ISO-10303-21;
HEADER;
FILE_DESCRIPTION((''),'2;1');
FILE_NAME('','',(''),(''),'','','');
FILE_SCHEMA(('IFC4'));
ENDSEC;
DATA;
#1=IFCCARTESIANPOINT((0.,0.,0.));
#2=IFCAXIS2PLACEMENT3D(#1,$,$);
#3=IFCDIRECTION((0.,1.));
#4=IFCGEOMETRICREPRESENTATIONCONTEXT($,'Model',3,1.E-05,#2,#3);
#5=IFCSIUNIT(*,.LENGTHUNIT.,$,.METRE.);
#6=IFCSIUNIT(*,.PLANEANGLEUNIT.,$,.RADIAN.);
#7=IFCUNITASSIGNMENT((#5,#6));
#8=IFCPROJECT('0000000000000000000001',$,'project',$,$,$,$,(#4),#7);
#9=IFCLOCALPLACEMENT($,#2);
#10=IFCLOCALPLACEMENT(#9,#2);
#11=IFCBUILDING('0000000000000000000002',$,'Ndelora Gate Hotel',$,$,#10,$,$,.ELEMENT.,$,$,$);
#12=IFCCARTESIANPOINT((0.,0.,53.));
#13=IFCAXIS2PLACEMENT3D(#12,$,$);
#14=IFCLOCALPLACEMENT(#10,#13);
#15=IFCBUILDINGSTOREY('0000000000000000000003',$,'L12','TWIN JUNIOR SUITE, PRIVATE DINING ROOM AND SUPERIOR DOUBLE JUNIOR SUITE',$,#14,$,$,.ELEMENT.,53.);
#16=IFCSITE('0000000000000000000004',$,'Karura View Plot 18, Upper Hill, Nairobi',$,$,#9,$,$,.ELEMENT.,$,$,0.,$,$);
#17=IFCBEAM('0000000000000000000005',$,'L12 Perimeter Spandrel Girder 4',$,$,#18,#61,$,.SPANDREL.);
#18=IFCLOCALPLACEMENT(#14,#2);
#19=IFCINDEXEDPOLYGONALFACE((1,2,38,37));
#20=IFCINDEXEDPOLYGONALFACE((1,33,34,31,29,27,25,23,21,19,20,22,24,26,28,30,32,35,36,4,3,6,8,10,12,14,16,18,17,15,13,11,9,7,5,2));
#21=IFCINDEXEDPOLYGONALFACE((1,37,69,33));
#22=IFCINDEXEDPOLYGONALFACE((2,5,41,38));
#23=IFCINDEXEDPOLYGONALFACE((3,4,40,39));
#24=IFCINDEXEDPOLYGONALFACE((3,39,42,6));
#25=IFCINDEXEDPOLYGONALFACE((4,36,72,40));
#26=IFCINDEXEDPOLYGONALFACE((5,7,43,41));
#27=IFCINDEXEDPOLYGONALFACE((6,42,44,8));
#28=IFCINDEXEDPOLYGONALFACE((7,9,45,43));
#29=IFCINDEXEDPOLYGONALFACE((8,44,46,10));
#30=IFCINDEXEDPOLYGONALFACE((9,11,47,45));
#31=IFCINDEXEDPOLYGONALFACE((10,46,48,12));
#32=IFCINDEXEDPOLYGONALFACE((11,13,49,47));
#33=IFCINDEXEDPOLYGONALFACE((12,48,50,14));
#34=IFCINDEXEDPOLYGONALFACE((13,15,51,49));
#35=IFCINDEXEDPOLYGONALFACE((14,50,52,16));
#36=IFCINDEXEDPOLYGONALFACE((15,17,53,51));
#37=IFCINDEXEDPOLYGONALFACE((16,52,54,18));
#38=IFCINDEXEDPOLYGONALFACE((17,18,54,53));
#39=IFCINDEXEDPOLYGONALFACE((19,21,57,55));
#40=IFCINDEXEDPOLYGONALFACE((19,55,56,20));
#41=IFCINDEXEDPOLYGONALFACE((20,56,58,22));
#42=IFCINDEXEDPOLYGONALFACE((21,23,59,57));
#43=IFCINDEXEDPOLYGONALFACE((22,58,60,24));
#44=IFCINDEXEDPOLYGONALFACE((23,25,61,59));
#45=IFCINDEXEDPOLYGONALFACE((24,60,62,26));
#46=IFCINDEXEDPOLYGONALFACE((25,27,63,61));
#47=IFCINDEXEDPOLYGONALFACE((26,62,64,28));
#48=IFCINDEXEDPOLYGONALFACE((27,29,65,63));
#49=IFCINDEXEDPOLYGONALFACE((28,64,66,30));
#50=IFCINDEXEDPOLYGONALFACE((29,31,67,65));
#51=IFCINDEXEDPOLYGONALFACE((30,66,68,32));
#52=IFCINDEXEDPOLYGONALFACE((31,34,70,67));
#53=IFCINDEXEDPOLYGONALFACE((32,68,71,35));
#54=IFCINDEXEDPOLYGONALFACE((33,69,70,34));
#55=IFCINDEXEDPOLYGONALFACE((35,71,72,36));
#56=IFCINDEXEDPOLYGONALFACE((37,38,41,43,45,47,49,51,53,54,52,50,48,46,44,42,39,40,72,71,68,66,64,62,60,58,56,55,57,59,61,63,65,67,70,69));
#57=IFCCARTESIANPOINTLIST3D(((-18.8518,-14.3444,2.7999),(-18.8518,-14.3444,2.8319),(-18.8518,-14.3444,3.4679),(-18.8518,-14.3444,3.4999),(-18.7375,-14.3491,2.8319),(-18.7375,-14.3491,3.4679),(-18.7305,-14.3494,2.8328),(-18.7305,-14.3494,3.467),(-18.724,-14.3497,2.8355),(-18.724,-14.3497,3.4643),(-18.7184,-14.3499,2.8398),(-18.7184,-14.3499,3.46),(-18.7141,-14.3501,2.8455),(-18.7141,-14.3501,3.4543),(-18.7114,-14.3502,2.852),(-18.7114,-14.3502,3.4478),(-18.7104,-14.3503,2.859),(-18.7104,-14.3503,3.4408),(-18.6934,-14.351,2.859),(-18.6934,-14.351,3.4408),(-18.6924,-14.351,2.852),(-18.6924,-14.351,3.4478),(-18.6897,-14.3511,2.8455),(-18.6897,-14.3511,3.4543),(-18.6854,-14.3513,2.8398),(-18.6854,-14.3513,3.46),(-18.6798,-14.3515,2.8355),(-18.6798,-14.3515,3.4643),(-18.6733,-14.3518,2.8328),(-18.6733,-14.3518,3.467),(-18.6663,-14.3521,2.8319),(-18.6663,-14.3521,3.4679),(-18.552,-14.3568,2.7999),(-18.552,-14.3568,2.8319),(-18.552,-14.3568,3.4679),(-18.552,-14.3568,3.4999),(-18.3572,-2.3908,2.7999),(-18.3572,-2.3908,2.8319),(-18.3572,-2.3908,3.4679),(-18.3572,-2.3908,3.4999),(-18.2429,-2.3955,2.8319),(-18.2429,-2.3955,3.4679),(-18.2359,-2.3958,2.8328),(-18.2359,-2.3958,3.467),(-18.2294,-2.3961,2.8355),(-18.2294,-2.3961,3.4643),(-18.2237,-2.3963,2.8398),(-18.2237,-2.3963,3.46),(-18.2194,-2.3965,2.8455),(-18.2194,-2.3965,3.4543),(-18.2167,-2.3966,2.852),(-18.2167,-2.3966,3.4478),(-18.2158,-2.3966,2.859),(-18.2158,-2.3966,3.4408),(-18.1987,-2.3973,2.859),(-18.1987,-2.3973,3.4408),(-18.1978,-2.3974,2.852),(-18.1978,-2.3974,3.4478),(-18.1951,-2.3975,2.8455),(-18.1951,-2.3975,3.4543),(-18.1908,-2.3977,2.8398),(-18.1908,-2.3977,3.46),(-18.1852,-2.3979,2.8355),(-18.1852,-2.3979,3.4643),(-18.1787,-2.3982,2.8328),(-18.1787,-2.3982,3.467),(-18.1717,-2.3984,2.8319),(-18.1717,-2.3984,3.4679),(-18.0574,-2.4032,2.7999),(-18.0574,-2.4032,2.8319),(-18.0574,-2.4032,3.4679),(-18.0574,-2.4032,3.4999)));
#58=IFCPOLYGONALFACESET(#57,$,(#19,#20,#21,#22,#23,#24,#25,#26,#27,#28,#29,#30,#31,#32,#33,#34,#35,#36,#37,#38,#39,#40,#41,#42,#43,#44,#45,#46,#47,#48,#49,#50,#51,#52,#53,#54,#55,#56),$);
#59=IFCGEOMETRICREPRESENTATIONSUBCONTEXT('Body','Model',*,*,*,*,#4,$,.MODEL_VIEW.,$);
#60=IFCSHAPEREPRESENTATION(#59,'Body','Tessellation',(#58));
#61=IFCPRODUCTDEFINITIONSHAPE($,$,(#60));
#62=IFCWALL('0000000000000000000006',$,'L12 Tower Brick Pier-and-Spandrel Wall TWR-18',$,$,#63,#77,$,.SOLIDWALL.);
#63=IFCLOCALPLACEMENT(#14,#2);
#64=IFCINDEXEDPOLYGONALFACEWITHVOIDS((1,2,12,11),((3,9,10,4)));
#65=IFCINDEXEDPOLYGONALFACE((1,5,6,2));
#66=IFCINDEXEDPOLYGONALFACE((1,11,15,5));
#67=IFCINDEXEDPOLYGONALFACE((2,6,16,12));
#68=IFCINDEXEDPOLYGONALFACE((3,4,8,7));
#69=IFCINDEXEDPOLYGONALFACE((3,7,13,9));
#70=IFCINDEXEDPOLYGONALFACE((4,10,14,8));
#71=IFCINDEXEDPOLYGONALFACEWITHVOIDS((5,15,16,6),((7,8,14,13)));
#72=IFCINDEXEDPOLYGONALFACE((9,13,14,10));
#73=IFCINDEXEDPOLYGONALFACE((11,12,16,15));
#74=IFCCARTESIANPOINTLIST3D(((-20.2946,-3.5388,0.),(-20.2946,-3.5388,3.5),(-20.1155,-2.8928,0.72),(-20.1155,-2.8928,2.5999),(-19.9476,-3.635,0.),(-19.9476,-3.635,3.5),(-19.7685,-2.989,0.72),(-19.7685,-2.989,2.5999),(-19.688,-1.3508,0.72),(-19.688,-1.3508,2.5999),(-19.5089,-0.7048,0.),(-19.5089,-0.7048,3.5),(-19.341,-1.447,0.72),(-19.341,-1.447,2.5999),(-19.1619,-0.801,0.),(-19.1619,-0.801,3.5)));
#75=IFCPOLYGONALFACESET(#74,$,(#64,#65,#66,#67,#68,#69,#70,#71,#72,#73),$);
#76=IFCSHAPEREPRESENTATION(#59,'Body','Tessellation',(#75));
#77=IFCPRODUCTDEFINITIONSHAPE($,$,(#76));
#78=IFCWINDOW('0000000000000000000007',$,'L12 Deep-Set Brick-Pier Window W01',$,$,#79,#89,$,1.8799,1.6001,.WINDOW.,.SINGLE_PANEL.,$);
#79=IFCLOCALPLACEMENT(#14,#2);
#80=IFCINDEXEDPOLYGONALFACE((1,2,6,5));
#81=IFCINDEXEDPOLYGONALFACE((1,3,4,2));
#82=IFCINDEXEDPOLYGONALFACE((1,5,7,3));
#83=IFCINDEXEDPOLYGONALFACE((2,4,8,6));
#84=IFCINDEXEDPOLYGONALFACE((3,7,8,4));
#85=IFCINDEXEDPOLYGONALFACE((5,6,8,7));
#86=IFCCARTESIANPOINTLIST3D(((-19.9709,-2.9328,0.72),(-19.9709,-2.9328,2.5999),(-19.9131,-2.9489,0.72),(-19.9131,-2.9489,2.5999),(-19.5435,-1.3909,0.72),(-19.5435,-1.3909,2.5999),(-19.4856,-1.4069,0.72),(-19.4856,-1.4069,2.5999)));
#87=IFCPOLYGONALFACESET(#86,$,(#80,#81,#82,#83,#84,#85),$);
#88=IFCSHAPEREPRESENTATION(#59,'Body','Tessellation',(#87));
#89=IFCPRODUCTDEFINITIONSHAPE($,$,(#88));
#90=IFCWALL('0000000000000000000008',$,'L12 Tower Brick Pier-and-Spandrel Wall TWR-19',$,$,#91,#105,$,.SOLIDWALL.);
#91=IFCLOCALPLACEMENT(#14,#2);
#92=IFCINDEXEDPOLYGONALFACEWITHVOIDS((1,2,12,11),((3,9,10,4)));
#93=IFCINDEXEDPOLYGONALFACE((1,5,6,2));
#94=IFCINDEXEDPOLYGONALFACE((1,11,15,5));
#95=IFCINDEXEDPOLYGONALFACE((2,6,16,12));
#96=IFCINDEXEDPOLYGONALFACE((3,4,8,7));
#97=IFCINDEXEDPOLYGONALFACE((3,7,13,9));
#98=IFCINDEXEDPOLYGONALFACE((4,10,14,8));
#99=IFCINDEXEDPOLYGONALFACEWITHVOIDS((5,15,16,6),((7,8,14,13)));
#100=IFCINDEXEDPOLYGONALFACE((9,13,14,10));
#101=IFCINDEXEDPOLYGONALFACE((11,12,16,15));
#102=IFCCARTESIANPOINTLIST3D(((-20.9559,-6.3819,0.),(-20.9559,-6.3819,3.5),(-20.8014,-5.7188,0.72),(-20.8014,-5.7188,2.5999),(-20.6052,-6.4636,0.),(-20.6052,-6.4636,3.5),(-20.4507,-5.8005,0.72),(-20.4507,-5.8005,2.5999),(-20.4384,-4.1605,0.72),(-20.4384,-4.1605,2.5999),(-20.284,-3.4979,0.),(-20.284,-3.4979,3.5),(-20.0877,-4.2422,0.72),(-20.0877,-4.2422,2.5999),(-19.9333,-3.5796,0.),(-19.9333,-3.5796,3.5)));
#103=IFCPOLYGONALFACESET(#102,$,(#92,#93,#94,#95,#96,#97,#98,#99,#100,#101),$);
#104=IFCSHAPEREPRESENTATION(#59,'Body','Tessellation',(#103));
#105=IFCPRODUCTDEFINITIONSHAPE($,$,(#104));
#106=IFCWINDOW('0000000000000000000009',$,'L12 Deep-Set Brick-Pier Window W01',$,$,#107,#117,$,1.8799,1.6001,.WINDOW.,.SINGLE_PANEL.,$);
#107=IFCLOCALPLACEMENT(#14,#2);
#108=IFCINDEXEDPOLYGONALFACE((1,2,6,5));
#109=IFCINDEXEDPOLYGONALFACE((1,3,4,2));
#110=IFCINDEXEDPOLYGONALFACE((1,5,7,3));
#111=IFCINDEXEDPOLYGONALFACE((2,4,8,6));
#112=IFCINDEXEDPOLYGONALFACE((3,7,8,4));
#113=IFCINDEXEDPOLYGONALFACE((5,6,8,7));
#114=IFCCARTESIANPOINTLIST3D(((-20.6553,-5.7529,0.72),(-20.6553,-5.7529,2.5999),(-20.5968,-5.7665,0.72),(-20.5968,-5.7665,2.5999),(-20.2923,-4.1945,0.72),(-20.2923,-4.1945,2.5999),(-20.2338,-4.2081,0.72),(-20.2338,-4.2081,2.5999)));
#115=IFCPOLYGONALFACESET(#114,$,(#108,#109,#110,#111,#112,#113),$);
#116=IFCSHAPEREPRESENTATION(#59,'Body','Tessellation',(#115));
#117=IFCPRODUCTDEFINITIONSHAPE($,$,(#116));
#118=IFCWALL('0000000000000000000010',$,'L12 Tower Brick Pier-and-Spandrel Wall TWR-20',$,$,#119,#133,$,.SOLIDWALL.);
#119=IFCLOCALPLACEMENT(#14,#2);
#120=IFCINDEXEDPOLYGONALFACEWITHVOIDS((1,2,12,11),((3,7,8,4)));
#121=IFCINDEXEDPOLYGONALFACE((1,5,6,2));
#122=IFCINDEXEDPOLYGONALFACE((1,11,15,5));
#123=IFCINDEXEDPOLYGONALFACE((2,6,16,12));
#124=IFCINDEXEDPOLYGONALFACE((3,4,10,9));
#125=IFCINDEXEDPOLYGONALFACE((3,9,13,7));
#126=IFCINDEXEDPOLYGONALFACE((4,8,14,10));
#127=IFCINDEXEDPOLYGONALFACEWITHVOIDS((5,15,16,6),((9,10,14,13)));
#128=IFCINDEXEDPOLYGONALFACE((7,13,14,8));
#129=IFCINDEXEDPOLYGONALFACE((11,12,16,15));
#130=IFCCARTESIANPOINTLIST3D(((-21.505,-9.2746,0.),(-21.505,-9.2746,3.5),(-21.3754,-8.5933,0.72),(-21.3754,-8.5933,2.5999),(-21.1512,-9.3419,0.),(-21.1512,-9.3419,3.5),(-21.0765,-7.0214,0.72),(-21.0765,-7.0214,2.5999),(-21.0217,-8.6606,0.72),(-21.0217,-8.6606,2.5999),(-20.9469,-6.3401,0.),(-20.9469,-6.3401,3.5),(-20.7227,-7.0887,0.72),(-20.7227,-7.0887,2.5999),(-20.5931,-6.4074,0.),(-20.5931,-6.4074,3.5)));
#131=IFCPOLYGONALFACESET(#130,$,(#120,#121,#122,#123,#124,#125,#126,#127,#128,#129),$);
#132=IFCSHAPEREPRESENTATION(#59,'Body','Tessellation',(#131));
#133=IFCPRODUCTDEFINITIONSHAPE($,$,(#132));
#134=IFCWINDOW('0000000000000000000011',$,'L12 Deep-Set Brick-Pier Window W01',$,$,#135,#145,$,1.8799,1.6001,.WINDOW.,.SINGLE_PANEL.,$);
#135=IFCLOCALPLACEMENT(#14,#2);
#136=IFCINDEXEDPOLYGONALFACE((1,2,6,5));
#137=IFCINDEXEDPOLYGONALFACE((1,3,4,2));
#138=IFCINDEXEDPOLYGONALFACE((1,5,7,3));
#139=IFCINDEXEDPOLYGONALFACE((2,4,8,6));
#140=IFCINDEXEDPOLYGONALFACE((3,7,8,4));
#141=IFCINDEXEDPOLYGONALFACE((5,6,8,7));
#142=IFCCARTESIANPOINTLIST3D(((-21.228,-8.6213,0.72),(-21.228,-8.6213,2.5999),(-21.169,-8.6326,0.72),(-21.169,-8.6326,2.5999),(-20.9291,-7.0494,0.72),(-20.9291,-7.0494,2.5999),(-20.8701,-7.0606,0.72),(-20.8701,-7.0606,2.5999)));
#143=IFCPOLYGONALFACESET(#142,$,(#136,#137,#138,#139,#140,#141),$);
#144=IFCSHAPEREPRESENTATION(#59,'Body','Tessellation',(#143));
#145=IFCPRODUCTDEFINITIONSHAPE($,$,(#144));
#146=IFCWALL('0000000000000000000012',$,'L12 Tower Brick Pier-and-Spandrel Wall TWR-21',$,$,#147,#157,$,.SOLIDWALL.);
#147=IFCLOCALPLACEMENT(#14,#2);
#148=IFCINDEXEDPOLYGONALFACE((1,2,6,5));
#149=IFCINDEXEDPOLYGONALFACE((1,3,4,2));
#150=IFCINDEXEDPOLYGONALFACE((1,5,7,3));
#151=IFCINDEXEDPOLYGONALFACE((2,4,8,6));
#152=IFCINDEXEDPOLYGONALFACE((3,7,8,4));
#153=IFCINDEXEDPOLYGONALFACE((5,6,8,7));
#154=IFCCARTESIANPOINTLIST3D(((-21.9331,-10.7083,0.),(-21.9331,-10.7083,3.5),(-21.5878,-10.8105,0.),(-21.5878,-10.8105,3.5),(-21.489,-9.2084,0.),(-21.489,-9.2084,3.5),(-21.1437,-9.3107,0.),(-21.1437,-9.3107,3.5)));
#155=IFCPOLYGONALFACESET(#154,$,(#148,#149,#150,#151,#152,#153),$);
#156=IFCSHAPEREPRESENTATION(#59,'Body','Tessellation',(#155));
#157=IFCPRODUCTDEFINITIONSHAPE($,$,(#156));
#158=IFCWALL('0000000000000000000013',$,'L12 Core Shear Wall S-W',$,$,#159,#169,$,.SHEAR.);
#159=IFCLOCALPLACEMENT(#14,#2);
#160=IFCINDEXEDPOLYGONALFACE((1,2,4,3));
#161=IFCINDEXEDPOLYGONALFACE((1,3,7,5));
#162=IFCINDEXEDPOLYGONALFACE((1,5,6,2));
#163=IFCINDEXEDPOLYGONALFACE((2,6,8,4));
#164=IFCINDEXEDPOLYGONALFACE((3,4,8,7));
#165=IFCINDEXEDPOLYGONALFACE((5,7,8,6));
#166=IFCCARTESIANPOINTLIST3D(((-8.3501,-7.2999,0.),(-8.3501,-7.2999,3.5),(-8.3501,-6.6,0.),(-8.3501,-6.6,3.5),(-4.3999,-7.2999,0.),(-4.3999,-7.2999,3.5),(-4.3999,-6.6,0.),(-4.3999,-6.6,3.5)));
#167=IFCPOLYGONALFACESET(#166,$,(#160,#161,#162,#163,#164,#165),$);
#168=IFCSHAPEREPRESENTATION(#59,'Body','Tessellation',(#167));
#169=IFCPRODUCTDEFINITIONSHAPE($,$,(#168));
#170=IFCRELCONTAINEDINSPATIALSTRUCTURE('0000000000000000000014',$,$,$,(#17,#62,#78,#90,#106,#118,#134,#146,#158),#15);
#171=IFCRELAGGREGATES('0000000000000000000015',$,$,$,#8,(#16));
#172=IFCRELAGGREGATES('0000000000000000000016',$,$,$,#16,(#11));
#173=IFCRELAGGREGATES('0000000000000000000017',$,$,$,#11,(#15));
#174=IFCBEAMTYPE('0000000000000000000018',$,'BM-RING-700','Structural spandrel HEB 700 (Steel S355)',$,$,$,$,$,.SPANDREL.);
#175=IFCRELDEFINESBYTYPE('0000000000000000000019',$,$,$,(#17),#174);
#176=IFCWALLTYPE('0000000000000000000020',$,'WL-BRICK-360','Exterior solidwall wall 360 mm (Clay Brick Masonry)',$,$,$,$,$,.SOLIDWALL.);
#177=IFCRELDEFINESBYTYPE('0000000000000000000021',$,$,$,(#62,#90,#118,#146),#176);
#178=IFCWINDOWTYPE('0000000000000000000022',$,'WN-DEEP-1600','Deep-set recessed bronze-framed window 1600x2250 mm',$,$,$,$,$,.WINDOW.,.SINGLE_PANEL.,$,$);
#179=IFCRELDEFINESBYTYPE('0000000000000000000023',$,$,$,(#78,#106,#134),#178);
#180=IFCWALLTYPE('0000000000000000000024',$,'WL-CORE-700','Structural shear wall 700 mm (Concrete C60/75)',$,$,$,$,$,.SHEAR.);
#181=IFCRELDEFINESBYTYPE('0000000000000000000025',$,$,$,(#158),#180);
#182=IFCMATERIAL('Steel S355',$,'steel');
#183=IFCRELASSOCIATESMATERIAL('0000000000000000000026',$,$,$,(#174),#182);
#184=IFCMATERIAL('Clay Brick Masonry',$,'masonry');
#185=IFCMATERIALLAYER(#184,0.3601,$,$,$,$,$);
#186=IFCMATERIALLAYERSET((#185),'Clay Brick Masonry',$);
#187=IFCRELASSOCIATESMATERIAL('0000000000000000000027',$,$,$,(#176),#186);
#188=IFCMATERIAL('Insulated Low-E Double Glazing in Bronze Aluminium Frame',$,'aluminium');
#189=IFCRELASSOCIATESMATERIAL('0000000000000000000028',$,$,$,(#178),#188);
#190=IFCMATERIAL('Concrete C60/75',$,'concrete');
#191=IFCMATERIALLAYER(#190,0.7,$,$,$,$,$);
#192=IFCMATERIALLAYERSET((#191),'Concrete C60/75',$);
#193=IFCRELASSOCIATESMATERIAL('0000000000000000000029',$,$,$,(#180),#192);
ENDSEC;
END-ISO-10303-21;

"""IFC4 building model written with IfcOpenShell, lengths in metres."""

from ifc_helpers import new_model, si_unit, direction, frame, frame_2d, origin, origin_2d, place, context, subcontext, project, spatial, rectangle, i_section, extrude, material, layer, layer_set, material_profile, profile_set, type_object, element, fill, save


model = new_model("IFC4")

# Units and contexts
model_context = context("Model", 3, precision=1e-05, world=origin(), true_north=direction((0.0, 1.0)))
body_context = subcontext(model_context, "Body", "Model", "MODEL_VIEW")
ifc_project = project(units=[si_unit("LENGTHUNIT", "METRE"), si_unit("PLANEANGLEUNIT", "RADIAN")], contexts=[model_context])

# Site, building, storey
site_placement = place(None, origin())
site = spatial("IfcSite", under=ifc_project, at=site_placement, Name="Karura View Plot 18, Upper Hill, Nairobi", CompositionType="ELEMENT", RefElevation=0.0)
building_placement = place(site_placement, origin())
building = spatial("IfcBuilding", under=site, at=building_placement, Name="Ndelora Gate Hotel", CompositionType="ELEMENT")
storey_placement = place(building_placement, frame((0.0, 0.0, 53.0)))
storey = spatial("IfcBuildingStorey", under=building, at=storey_placement, Name="L12", Description="TWIN JUNIOR SUITE, PRIVATE DINING ROOM AND SUPERIOR DOUBLE JUNIOR SUITE", CompositionType="ELEMENT", Elevation=53.0)

# Shared definitions
ifc_material_1 = material(Name="Concrete C60/75", Category="concrete")

# Beam
ifc_material_2 = material(Name="Steel S355", Category="steel")
ifc_material_profile_1 = material_profile(ifc_material_2, i_section(OverallWidth=0.3, OverallDepth=0.7, WebThickness=0.0171, FlangeThickness=0.032, FilletRadius=0.0271, at=origin_2d()), Name="HEB 700")
ifc_profile_set_1 = profile_set([ifc_material_profile_1], Name="Steel S355")
beam_type_1 = type_object("IfcBeamType", Name="BM-RING-700", Description="Structural spandrel HEB 700 (Steel S355)", PredefinedType="SPANDREL", material=ifc_profile_set_1)
beam_1_placement = place(storey_placement, frame((-18.2073, -2.397, 3.1499), z_axis=(-0.041344, -0.999145, 0.0), x_axis=(0.999145, -0.041344, 0.0)))
element("IfcBeam", 1, at=beam_1_placement, inside=storey, type_object=beam_type_1, Name="L12 Perimeter Spandrel Girder 4", PredefinedType="SPANDREL", context=body_context, shape_type="SweptSolid", body=[
    extrude(i_section(OverallWidth=0.3, OverallDepth=0.7, WebThickness=0.0171, FlangeThickness=0.032, FilletRadius=0.0271, at=origin_2d()), origin(), (0.0, 0.0, 1.0), 11.9639),
])

# Walls, openings, windows
ifc_material_3 = material(Name="Clay Brick Masonry", Category="masonry")
ifc_layer_1 = layer(ifc_material_3, 0.3601)
ifc_layer_set_1 = layer_set([ifc_layer_1], Name="Clay Brick Masonry")
wall_type_1 = type_object("IfcWallType", Name="WL-BRICK-360", Description="Exterior solidwall wall 360 mm (Clay Brick Masonry)", PredefinedType="SOLIDWALL", material=ifc_layer_set_1)
wall_1_placement = place(storey_placement, frame((-20.1211, -3.5869, 0.0), z_axis=(0.0, 0.0, 1.0), x_axis=(0.267147, 0.963656, 0.0)))
wall_1 = element("IfcWall", 2, at=wall_1_placement, inside=storey, type_object=wall_type_1, Name="L12 Tower Brick Pier-and-Spandrel Wall TWR-18", PredefinedType="SOLIDWALL", context=body_context, shape_type="SweptSolid", body=[
    extrude(rectangle(XDim=2.9409, YDim=0.3601, at=frame_2d((1.4705, 0.0))), origin(), (0.0, 0.0, 1.0), 3.5),
])
opening_1_placement = place(wall_1_placement, frame((0.6704, 0.0, 0.72)))
opening_1 = element("IfcOpeningElement", 3, at=opening_1_placement, cuts=wall_1, PredefinedType="OPENING", context=body_context, shape_type="SweptSolid", body=[
    extrude(rectangle(XDim=1.6001, YDim=1.8799, at=frame_2d((0.8, 0.9399))), frame((0.0, 0.1899, 0.0), z_axis=(0.0, -1.0, 0.0), x_axis=(1.0, 0.0, 0.0)), (0.0, 0.0, 1.0), 0.3801),
])
ifc_material_4 = material(Name="Insulated Low-E Double Glazing in Bronze Aluminium Frame", Category="aluminium")
window_type = type_object("IfcWindowType", Name="WN-DEEP-1600", Description="Deep-set recessed bronze-framed window 1600x2250 mm", PartitioningType="SINGLE_PANEL", PredefinedType="WINDOW", material=ifc_material_4)
window_1_placement = place(opening_1_placement, origin())
window_1 = element("IfcWindow", 4, at=window_1_placement, inside=storey, type_object=window_type, Name="L12 Deep-Set Brick-Pier Window W01", OverallHeight=1.8799, OverallWidth=1.6001, PartitioningType="SINGLE_PANEL", PredefinedType="WINDOW", context=body_context, shape_type="SweptSolid", body=[
    extrude(rectangle(XDim=1.6001, YDim=1.8799, at=frame_2d((0.8, 0.9399))), frame((0.0, 0.03, 0.0), z_axis=(0.0, -1.0, 0.0), x_axis=(1.0, 0.0, 0.0)), (0.0, 0.0, 1.0), 0.0601),
])
fill(opening_1, window_1)
wall_2_placement = place(storey_placement, frame((-20.7805, -6.4226, 0.0), z_axis=(0.0, 0.0, 1.0), x_axis=(0.226888, 0.973921, 0.0)))
wall_2 = element("IfcWall", 5, at=wall_2_placement, inside=storey, type_object=wall_type_1, Name="L12 Tower Brick Pier-and-Spandrel Wall TWR-19", PredefinedType="SOLIDWALL", context=body_context, shape_type="SweptSolid", body=[
    extrude(rectangle(XDim=2.9612, YDim=0.3601, at=frame_2d((1.4805, 0.0))), origin(), (0.0, 0.0, 1.0), 3.5),
])
opening_2_placement = place(wall_2_placement, frame((0.6807, 0.0, 0.72)))
opening_2 = element("IfcOpeningElement", 6, at=opening_2_placement, cuts=wall_2, PredefinedType="OPENING", context=body_context, shape_type="SweptSolid", body=[
    extrude(rectangle(XDim=1.6001, YDim=1.8799, at=frame_2d((0.8, 0.9399))), frame((0.0, 0.1899, 0.0), z_axis=(0.0, -1.0, 0.0), x_axis=(1.0, 0.0, 0.0)), (0.0, 0.0, 1.0), 0.3801),
])
window_2_placement = place(opening_2_placement, origin())
window_2 = element("IfcWindow", 7, at=window_2_placement, inside=storey, type_object=window_type, Name="L12 Deep-Set Brick-Pier Window W01", OverallHeight=1.8799, OverallWidth=1.6001, PartitioningType="SINGLE_PANEL", PredefinedType="WINDOW", context=body_context, shape_type="SweptSolid", body=[
    extrude(rectangle(XDim=1.6001, YDim=1.8799, at=frame_2d((0.8, 0.9399))), frame((0.0, 0.03, 0.0), z_axis=(0.0, -1.0, 0.0), x_axis=(1.0, 0.0, 0.0)), (0.0, 0.0, 1.0), 0.0601),
])
fill(opening_2, window_2)
wall_3_placement = place(storey_placement, frame((-21.3281, -9.3083, 0.0), z_axis=(0.0, 0.0, 1.0), x_axis=(0.186834, 0.982391, 0.0)))
wall_3 = element("IfcWall", 8, at=wall_3_placement, inside=storey, type_object=wall_type_1, Name="L12 Tower Brick Pier-and-Spandrel Wall TWR-20", PredefinedType="SOLIDWALL", context=body_context, shape_type="SweptSolid", body=[
    extrude(rectangle(XDim=2.9871, YDim=0.3601, at=frame_2d((1.4937, 0.0))), origin(), (0.0, 0.0, 1.0), 3.5),
])
opening_3_placement = place(wall_3_placement, frame((0.6936, 0.0, 0.72)))
opening_3 = element("IfcOpeningElement", 9, at=opening_3_placement, cuts=wall_3, PredefinedType="OPENING", context=body_context, shape_type="SweptSolid", body=[
    extrude(rectangle(XDim=1.6001, YDim=1.8799, at=frame_2d((0.8, 0.9399))), frame((0.0, 0.1899, 0.0), z_axis=(0.0, -1.0, 0.0), x_axis=(1.0, 0.0, 0.0)), (0.0, 0.0, 1.0), 0.3801),
])
window_3_placement = place(opening_3_placement, origin())
window_3 = element("IfcWindow", 10, at=window_3_placement, inside=storey, type_object=window_type, Name="L12 Deep-Set Brick-Pier Window W01", OverallHeight=1.8799, OverallWidth=1.6001, PartitioningType="SINGLE_PANEL", PredefinedType="WINDOW", context=body_context, shape_type="SweptSolid", body=[
    extrude(rectangle(XDim=1.6001, YDim=1.8799, at=frame_2d((0.8, 0.9399))), frame((0.0, 0.03, 0.0), z_axis=(0.0, -1.0, 0.0), x_axis=(1.0, 0.0, 0.0)), (0.0, 0.0, 1.0), 0.0601),
])
fill(opening_3, window_3)

# Walls
wall_4_placement = place(storey_placement, frame((-21.7605, -10.7595, 0.0), z_axis=(0.0, 0.0, 1.0), x_axis=(0.283924, 0.958847, 0.0)))
element("IfcWall", 11, at=wall_4_placement, inside=storey, type_object=wall_type_1, Name="L12 Tower Brick Pier-and-Spandrel Wall TWR-21", PredefinedType="SOLIDWALL", context=body_context, shape_type="SweptSolid", body=[
    extrude(rectangle(XDim=1.5642, YDim=0.3601, at=frame_2d((0.7822, 0.0))), origin(), (0.0, 0.0, 1.0), 3.5),
])
ifc_layer_2 = layer(ifc_material_1, 0.7)
ifc_layer_set_2 = layer_set([ifc_layer_2], Name="Concrete C60/75")
wall_type_2 = type_object("IfcWallType", Name="WL-CORE-700", Description="Structural shear wall 700 mm (Concrete C60/75)", PredefinedType="SHEAR", material=ifc_layer_set_2)
wall_5_placement = place(storey_placement, frame((-8.3501, -6.95, 0.0), z_axis=(0.0, 0.0, 1.0), x_axis=(1.0, 0.0, 0.0)))
element("IfcWall", 12, at=wall_5_placement, inside=storey, type_object=wall_type_2, Name="L12 Core Shear Wall S-W", PredefinedType="SHEAR", context=body_context, shape_type="SweptSolid", body=[
    extrude(rectangle(XDim=3.9502, YDim=0.7, at=frame_2d((1.9751, 0.0))), origin(), (0.0, 0.0, 1.0), 3.5),
])

save(model, "model.ifc")
